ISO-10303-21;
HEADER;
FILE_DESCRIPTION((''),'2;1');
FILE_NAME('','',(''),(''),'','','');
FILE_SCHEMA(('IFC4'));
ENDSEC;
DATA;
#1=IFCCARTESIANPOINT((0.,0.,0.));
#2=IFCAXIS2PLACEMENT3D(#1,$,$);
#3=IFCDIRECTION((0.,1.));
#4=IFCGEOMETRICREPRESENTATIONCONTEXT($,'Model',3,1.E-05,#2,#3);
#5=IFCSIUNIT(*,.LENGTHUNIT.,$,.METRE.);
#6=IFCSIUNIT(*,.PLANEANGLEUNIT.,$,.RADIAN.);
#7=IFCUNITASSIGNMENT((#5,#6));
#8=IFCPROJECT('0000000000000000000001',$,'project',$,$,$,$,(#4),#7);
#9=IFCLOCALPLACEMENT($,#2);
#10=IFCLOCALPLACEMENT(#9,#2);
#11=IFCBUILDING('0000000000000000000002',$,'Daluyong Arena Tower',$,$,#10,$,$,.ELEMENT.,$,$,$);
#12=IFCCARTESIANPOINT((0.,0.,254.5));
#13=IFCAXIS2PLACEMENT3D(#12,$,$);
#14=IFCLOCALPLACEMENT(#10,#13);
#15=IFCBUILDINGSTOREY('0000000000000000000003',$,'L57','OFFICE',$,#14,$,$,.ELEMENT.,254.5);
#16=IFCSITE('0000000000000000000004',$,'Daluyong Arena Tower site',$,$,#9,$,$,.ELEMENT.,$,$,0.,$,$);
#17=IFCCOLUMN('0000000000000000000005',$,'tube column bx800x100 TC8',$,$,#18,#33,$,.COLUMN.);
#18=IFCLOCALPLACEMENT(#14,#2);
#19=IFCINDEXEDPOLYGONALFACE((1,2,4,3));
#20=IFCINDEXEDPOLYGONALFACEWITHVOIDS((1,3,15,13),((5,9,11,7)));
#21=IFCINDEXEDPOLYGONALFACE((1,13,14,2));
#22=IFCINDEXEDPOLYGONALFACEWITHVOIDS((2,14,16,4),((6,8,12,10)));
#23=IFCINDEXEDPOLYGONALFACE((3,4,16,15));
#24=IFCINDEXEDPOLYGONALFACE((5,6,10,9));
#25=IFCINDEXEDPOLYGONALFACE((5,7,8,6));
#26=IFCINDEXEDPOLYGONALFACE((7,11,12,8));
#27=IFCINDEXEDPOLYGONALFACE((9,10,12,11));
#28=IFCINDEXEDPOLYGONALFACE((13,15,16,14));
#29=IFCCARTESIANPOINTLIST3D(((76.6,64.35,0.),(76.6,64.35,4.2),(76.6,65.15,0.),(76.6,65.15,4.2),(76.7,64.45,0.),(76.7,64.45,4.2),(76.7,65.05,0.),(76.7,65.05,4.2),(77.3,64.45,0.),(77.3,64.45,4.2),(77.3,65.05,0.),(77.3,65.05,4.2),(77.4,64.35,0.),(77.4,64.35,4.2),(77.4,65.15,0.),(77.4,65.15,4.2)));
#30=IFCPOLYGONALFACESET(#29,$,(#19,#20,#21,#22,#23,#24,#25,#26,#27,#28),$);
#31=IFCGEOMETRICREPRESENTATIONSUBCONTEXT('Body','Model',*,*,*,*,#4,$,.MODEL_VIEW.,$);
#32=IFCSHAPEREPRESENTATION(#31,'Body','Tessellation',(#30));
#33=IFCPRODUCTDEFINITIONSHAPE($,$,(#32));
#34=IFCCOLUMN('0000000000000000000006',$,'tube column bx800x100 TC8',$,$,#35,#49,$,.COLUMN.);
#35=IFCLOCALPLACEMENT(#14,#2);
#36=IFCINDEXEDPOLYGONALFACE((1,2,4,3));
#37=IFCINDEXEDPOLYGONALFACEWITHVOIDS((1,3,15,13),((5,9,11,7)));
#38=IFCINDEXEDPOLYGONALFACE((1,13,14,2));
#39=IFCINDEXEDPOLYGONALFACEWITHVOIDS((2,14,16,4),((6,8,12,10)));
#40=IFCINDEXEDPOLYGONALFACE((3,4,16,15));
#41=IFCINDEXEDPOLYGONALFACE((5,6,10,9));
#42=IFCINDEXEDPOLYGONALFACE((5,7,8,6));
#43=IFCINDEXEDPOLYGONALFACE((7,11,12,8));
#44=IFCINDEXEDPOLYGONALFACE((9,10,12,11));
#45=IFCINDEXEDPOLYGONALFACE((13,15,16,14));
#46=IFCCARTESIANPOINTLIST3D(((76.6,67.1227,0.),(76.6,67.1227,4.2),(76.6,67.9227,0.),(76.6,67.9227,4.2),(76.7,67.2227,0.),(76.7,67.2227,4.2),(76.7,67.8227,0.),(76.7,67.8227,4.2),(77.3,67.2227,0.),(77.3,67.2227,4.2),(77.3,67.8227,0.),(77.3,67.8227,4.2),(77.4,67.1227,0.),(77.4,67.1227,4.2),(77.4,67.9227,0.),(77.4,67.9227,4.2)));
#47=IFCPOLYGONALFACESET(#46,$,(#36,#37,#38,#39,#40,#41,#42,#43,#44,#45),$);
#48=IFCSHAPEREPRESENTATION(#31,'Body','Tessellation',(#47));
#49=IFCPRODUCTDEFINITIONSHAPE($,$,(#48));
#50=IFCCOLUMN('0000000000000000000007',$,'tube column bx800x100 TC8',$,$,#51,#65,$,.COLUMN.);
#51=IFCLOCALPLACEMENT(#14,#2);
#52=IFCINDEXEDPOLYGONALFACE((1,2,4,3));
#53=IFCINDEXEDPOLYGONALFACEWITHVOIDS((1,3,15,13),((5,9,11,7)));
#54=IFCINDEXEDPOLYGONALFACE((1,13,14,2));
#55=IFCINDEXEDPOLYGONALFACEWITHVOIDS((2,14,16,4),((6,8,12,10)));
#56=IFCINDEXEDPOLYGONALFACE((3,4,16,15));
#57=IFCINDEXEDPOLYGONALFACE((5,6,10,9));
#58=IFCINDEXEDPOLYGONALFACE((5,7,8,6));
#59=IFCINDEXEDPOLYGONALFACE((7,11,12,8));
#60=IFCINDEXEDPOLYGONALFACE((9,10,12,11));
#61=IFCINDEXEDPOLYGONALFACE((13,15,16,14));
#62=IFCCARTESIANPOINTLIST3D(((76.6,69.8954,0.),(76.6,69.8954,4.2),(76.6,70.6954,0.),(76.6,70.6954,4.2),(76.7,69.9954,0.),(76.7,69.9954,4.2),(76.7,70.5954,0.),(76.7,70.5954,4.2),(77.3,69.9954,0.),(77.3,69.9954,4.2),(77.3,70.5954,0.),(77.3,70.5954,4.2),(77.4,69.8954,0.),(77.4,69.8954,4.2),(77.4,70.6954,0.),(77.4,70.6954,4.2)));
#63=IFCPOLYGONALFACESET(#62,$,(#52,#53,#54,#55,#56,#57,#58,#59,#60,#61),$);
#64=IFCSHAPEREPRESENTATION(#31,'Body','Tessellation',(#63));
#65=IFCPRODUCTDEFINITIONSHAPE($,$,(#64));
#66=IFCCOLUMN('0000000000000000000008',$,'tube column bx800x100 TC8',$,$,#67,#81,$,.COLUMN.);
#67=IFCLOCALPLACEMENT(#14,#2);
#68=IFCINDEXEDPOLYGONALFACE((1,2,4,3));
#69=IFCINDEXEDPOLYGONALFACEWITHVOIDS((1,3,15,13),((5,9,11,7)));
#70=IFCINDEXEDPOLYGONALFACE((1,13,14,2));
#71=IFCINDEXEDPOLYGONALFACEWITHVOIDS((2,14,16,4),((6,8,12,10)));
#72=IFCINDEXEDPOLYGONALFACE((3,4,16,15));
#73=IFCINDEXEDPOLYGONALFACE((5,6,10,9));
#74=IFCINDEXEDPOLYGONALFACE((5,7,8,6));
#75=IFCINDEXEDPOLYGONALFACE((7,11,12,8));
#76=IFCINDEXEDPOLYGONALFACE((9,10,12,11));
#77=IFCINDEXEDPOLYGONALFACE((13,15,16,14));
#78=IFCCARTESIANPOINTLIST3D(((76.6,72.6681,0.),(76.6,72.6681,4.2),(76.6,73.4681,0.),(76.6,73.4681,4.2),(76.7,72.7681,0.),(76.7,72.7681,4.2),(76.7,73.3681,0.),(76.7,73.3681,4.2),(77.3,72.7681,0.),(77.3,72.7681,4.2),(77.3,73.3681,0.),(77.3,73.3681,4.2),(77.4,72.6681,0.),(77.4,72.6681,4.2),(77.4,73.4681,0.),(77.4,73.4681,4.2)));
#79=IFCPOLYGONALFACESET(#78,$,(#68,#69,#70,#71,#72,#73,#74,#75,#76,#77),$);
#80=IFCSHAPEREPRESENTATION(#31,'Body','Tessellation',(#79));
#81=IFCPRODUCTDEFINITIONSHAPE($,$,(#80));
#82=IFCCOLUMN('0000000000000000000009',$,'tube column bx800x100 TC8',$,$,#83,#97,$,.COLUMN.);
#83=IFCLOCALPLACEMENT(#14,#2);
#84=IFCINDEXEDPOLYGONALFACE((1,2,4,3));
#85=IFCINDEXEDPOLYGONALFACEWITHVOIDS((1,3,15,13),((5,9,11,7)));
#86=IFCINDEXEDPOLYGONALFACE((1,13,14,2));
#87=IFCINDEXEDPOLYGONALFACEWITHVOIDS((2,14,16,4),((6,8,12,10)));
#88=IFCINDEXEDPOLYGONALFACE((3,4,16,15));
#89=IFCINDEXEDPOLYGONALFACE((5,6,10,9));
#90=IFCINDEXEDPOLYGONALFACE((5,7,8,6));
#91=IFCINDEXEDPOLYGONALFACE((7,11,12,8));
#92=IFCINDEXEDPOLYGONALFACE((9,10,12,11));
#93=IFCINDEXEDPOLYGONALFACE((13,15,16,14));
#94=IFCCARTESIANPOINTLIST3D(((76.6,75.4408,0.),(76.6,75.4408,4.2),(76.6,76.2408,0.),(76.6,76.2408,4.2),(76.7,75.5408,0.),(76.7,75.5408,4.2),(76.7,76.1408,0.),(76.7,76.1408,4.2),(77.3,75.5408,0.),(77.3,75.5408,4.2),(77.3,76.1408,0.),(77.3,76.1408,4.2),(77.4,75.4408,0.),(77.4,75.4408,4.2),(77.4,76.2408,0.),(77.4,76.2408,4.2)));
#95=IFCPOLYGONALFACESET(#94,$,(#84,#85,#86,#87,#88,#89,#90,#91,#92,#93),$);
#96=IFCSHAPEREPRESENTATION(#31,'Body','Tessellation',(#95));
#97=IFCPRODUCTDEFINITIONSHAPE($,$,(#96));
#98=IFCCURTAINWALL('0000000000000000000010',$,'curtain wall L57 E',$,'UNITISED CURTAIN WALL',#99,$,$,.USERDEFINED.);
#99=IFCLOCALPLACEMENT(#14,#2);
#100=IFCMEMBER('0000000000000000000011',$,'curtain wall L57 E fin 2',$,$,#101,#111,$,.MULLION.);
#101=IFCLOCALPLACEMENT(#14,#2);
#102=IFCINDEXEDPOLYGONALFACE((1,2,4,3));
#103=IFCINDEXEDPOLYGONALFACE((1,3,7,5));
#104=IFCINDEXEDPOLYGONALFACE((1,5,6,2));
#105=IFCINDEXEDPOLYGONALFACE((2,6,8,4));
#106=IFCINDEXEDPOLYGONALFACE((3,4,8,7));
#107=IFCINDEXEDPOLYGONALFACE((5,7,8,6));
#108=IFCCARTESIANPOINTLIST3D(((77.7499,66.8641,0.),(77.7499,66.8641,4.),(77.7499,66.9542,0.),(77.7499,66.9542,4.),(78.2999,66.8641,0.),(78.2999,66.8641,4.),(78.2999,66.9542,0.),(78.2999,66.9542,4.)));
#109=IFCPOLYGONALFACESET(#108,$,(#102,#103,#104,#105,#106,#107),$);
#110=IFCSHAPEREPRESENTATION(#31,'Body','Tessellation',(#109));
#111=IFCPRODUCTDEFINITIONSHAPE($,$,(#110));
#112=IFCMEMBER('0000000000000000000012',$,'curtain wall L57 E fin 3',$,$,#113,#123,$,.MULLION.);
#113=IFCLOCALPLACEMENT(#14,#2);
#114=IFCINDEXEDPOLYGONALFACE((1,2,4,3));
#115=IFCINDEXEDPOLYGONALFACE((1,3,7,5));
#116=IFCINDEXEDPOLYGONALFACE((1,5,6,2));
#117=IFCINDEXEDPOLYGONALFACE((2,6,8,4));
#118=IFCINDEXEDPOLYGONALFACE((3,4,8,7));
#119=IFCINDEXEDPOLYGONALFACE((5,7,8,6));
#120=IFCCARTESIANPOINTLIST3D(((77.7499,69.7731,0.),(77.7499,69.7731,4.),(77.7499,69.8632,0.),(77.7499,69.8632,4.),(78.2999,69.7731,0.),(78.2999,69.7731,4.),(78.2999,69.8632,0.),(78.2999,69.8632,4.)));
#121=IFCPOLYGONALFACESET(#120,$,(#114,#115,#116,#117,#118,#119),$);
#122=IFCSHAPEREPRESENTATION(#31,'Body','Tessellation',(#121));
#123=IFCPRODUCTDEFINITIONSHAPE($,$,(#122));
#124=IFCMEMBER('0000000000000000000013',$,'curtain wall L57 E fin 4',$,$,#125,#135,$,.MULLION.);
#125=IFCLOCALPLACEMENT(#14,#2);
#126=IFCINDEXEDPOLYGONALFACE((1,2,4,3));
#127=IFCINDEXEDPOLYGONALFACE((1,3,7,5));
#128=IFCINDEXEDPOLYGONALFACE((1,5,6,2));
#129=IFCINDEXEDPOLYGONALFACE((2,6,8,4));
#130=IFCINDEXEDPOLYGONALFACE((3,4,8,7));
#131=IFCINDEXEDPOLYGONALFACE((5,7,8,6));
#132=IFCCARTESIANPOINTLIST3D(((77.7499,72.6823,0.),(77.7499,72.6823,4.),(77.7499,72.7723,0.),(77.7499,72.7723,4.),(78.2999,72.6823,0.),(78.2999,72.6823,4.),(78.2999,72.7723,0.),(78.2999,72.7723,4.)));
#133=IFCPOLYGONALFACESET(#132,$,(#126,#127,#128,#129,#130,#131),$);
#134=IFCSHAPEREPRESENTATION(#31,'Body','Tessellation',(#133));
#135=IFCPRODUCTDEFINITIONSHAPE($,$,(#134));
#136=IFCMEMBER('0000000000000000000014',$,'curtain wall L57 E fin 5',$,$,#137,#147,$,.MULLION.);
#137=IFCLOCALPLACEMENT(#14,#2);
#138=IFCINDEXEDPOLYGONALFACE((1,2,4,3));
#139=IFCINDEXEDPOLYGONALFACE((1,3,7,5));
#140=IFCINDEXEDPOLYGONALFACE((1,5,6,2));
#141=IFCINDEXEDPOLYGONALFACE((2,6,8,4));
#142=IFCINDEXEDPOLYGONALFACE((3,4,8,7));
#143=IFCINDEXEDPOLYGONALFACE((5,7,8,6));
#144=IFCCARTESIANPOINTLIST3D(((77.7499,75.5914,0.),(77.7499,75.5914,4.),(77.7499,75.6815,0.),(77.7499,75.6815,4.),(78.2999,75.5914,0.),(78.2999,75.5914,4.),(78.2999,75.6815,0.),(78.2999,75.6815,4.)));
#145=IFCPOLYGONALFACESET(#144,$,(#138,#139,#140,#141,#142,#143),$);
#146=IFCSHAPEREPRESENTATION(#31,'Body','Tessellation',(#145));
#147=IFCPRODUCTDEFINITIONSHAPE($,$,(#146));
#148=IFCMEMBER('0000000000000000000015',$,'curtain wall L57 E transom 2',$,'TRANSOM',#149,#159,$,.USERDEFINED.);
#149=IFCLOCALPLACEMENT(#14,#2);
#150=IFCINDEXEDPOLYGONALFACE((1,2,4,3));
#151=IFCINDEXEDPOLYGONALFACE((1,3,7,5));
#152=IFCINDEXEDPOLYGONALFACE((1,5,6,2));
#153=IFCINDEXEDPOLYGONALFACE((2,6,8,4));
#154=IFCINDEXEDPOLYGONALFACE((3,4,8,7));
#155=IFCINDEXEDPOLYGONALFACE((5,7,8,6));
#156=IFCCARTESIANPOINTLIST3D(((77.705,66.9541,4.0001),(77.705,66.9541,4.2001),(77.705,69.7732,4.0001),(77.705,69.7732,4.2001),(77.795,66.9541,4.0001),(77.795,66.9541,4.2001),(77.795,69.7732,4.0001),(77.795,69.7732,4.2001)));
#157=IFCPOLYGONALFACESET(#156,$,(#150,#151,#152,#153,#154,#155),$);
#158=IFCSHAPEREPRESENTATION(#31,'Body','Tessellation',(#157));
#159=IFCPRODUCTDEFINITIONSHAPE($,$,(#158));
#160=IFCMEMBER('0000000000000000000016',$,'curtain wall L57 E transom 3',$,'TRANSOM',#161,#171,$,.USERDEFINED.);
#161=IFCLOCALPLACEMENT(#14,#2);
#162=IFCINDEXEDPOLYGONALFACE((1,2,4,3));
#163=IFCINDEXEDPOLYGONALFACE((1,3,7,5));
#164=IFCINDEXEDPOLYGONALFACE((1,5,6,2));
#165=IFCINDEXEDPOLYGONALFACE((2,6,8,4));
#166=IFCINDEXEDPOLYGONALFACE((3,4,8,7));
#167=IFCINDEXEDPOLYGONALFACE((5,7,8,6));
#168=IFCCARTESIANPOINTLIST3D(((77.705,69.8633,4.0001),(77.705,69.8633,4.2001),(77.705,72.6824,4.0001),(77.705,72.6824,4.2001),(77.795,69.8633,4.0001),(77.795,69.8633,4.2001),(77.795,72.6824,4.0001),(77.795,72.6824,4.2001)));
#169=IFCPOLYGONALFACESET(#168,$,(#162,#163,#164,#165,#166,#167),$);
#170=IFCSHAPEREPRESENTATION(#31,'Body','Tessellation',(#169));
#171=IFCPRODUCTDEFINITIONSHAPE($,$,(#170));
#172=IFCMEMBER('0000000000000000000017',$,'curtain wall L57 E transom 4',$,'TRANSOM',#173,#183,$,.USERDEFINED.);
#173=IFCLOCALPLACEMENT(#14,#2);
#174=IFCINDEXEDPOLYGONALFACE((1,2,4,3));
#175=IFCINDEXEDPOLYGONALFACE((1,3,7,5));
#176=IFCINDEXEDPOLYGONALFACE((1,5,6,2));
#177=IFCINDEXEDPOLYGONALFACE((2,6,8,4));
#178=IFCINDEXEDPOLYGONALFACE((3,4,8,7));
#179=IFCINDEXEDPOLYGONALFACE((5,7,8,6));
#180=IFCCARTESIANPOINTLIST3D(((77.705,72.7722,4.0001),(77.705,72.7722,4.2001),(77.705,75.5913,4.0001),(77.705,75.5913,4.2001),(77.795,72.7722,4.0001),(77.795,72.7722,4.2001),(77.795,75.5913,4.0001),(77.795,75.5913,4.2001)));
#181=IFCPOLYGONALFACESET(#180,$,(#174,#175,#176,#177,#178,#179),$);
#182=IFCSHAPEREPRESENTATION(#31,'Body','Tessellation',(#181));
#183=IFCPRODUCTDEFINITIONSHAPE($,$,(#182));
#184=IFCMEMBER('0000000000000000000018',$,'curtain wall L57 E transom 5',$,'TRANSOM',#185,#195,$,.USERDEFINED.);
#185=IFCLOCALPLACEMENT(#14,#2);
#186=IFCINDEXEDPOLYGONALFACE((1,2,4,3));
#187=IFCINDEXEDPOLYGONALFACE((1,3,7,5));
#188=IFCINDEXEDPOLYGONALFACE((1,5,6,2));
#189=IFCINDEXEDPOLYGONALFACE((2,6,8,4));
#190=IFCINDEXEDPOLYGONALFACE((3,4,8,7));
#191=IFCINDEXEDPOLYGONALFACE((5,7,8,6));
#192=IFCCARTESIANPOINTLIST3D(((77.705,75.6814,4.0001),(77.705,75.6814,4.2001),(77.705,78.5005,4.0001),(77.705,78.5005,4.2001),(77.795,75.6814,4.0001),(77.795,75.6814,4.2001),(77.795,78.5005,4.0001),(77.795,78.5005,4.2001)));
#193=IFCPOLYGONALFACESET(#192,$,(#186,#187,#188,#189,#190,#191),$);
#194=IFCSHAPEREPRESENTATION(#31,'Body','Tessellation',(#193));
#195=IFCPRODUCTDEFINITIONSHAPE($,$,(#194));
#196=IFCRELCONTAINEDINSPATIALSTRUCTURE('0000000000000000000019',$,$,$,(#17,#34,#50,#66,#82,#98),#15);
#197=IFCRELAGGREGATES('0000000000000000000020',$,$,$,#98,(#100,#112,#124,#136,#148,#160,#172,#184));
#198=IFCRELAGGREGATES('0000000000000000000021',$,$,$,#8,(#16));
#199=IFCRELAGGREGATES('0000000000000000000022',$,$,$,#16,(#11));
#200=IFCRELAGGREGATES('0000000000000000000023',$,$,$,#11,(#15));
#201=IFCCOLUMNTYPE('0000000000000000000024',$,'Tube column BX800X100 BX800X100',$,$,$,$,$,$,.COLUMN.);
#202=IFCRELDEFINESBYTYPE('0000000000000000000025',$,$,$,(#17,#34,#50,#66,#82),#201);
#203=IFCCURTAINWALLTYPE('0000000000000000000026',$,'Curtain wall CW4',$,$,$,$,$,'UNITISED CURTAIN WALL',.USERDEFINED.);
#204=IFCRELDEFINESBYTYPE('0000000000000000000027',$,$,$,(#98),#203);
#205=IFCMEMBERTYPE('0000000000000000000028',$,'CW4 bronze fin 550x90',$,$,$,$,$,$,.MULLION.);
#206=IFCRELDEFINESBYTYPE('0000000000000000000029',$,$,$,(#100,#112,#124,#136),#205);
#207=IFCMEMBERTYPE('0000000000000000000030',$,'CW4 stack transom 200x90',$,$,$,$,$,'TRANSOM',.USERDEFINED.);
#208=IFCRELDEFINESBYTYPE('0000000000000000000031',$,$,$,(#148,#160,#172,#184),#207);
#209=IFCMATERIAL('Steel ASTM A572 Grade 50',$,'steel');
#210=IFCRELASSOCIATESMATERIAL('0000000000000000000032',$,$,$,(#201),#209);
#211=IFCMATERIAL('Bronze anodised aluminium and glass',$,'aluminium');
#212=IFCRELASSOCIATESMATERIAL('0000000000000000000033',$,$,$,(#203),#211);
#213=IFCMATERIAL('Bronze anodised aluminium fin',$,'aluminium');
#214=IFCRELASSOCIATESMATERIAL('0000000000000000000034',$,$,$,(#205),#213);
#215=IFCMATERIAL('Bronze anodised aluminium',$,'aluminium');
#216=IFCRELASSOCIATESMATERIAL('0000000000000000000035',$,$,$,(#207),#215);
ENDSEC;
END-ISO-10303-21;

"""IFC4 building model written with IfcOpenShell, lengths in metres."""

from ifc_helpers import new_model, si_unit, direction, frame, origin, origin_2d, place, context, subcontext, project, spatial, rectangle, hollow_rectangle, extrude, material, material_profile, profile_set, type_object, element, aggregate, save


model = new_model("IFC4")

# Units and contexts
model_context = context("Model", 3, precision=1e-05, world=origin(), true_north=direction((0.0, 1.0)))
body_context = subcontext(model_context, "Body", "Model", "MODEL_VIEW")
ifc_project = project(units=[si_unit("LENGTHUNIT", "METRE"), si_unit("PLANEANGLEUNIT", "RADIAN")], contexts=[model_context])

# Site, building, storey
site_placement = place(None, origin())
site = spatial("IfcSite", under=ifc_project, at=site_placement, Name="Daluyong Arena Tower site", CompositionType="ELEMENT", RefElevation=0.0)
building_placement = place(site_placement, origin())
building = spatial("IfcBuilding", under=site, at=building_placement, Name="Daluyong Arena Tower", CompositionType="ELEMENT")
storey_placement = place(building_placement, frame((0.0, 0.0, 254.5)))
storey = spatial("IfcBuildingStorey", under=building, at=storey_placement, Name="L57", Description="OFFICE", CompositionType="ELEMENT", Elevation=254.5)

# Columns
ifc_material_1 = material(Name="Steel ASTM A572 Grade 50", Category="steel")
ifc_material_profile_1 = material_profile(ifc_material_1, hollow_rectangle(XDim=0.8, YDim=0.8, WallThickness=0.1, at=origin_2d()))
ifc_profile_set_1 = profile_set([ifc_material_profile_1], Name="Steel ASTM A572 Grade 50")
column_type = type_object("IfcColumnType", Name="Tube column BX800X100 BX800X100", PredefinedType="COLUMN", material=ifc_profile_set_1)
for number, where, z_axis, x_axis, name in (
    (1, (77.0, 64.75, 0.0), (0.0, 0.0, 1.0), (0.0, 1.0, 0.0), "tube column bx800x100 TC8"),
    (2, (77.0, 67.5227, 0.0), (0.0, 0.0, 1.0), (0.0, 1.0, 0.0), "tube column bx800x100 TC8"),
    (3, (77.0, 70.2954, 0.0), (0.0, 0.0, 1.0), (0.0, 1.0, 0.0), "tube column bx800x100 TC8"),
    (4, (77.0, 73.0681, 0.0), (0.0, 0.0, 1.0), (0.0, 1.0, 0.0), "tube column bx800x100 TC8"),
    (5, (77.0, 75.8408, 0.0), (0.0, 0.0, 1.0), (0.0, 1.0, 0.0), "tube column bx800x100 TC8"),
):
    element("IfcColumn", number, at=place(storey_placement, frame(where, z_axis=z_axis, x_axis=x_axis)), inside=storey, type_object=column_type, Name=name, PredefinedType="COLUMN", context=body_context, shape_type="SweptSolid", body=[
        extrude(hollow_rectangle(XDim=0.8, YDim=0.8, WallThickness=0.1, at=origin_2d()), origin(), (0.0, 0.0, 1.0), 4.2),
    ])

# Curtain wall, members
ifc_material_2 = material(Name="Bronze anodised aluminium and glass", Category="aluminium")
curtain_wall_type = type_object("IfcCurtainWallType", Name="Curtain wall CW4", ElementType="UNITISED CURTAIN WALL", PredefinedType="USERDEFINED", material=ifc_material_2)
curtain_wall_placement = place(storey_placement, origin())
curtain_wall = element("IfcCurtainWall", 6, at=curtain_wall_placement, inside=storey, type_object=curtain_wall_type, Name="curtain wall L57 E", ObjectType="UNITISED CURTAIN WALL", PredefinedType="USERDEFINED")
ifc_material_3 = material(Name="Bronze anodised aluminium fin", Category="aluminium")
ifc_material_profile_2 = material_profile(ifc_material_3, rectangle(XDim=0.55, YDim=0.0901, at=origin_2d()))
ifc_profile_set_2 = profile_set([ifc_material_profile_2], Name="Bronze anodised aluminium fin")
member_type_1 = type_object("IfcMemberType", Name="CW4 bronze fin 550x90", PredefinedType="MULLION", material=ifc_profile_set_2)
member_1_placement = place(storey_placement, frame((78.0249, 66.9092, 0.0), z_axis=(0.0, 0.0, 1.0), x_axis=(-1.0, 0.0, 0.0)))
member_1 = element("IfcMember", 7, at=member_1_placement, type_object=member_type_1, Name="curtain wall L57 E fin 2", PredefinedType="MULLION", context=body_context, shape_type="SweptSolid", body=[
    extrude(rectangle(XDim=0.55, YDim=0.0901, at=origin_2d()), origin(), (0.0, 0.0, 1.0), 4.0),
])
member_2_placement = place(storey_placement, frame((78.0249, 69.8181, 0.0), z_axis=(0.0, 0.0, 1.0), x_axis=(-1.0, 0.0, 0.0)))
member_2 = element("IfcMember", 8, at=member_2_placement, type_object=member_type_1, Name="curtain wall L57 E fin 3", PredefinedType="MULLION", context=body_context, shape_type="SweptSolid", body=[
    extrude(rectangle(XDim=0.55, YDim=0.0901, at=origin_2d()), origin(), (0.0, 0.0, 1.0), 4.0),
])
member_3_placement = place(storey_placement, frame((78.0249, 72.7273, 0.0), z_axis=(0.0, 0.0, 1.0), x_axis=(-1.0, 0.0, 0.0)))
member_3 = element("IfcMember", 9, at=member_3_placement, type_object=member_type_1, Name="curtain wall L57 E fin 4", PredefinedType="MULLION", context=body_context, shape_type="SweptSolid", body=[
    extrude(rectangle(XDim=0.55, YDim=0.0901, at=origin_2d()), origin(), (0.0, 0.0, 1.0), 4.0),
])
member_4_placement = place(storey_placement, frame((78.0249, 75.6365, 0.0), z_axis=(0.0, 0.0, 1.0), x_axis=(-1.0, 0.0, 0.0)))
member_4 = element("IfcMember", 10, at=member_4_placement, type_object=member_type_1, Name="curtain wall L57 E fin 5", PredefinedType="MULLION", context=body_context, shape_type="SweptSolid", body=[
    extrude(rectangle(XDim=0.55, YDim=0.0901, at=origin_2d()), origin(), (0.0, 0.0, 1.0), 4.0),
])
ifc_material_4 = material(Name="Bronze anodised aluminium", Category="aluminium")
ifc_material_profile_3 = material_profile(ifc_material_4, rectangle(XDim=0.0901, YDim=0.2, at=origin_2d()))
ifc_profile_set_3 = profile_set([ifc_material_profile_3], Name="Bronze anodised aluminium")
member_type_2 = type_object("IfcMemberType", Name="CW4 stack transom 200x90", ElementType="TRANSOM", PredefinedType="USERDEFINED", material=ifc_profile_set_3)
member_5_placement = place(storey_placement, frame((77.75, 66.9541, 4.1001), z_axis=(0.0, 1.0, 0.0), x_axis=(-1.0, 0.0, 0.0)))
member_5 = element("IfcMember", 11, at=member_5_placement, type_object=member_type_2, Name="curtain wall L57 E transom 2", ObjectType="TRANSOM", PredefinedType="USERDEFINED", context=body_context, shape_type="SweptSolid", body=[
    extrude(rectangle(XDim=0.0901, YDim=0.2, at=origin_2d()), origin(), (0.0, 0.0, 1.0), 2.8191),
])
member_6_placement = place(storey_placement, frame((77.75, 69.8633, 4.1001), z_axis=(0.0, 1.0, 0.0), x_axis=(-1.0, 0.0, 0.0)))
member_6 = element("IfcMember", 12, at=member_6_placement, type_object=member_type_2, Name="curtain wall L57 E transom 3", ObjectType="TRANSOM", PredefinedType="USERDEFINED", context=body_context, shape_type="SweptSolid", body=[
    extrude(rectangle(XDim=0.0901, YDim=0.2, at=origin_2d()), origin(), (0.0, 0.0, 1.0), 2.8191),
])
member_7_placement = place(storey_placement, frame((77.75, 72.7722, 4.1001), z_axis=(0.0, 1.0, 0.0), x_axis=(-1.0, 0.0, 0.0)))
member_7 = element("IfcMember", 13, at=member_7_placement, type_object=member_type_2, Name="curtain wall L57 E transom 4", ObjectType="TRANSOM", PredefinedType="USERDEFINED", context=body_context, shape_type="SweptSolid", body=[
    extrude(rectangle(XDim=0.0901, YDim=0.2, at=origin_2d()), origin(), (0.0, 0.0, 1.0), 2.8191),
])
member_8_placement = place(storey_placement, frame((77.75, 75.6814, 4.1001), z_axis=(0.0, 1.0, 0.0), x_axis=(-1.0, 0.0, 0.0)))
member_8 = element("IfcMember", 14, at=member_8_placement, type_object=member_type_2, Name="curtain wall L57 E transom 5", ObjectType="TRANSOM", PredefinedType="USERDEFINED", context=body_context, shape_type="SweptSolid", body=[
    extrude(rectangle(XDim=0.0901, YDim=0.2, at=origin_2d()), origin(), (0.0, 0.0, 1.0), 2.8191),
])

aggregate(curtain_wall, [member_1, member_2, member_3, member_4, member_5, member_6, member_7, member_8])

save(model, "model.ifc")
